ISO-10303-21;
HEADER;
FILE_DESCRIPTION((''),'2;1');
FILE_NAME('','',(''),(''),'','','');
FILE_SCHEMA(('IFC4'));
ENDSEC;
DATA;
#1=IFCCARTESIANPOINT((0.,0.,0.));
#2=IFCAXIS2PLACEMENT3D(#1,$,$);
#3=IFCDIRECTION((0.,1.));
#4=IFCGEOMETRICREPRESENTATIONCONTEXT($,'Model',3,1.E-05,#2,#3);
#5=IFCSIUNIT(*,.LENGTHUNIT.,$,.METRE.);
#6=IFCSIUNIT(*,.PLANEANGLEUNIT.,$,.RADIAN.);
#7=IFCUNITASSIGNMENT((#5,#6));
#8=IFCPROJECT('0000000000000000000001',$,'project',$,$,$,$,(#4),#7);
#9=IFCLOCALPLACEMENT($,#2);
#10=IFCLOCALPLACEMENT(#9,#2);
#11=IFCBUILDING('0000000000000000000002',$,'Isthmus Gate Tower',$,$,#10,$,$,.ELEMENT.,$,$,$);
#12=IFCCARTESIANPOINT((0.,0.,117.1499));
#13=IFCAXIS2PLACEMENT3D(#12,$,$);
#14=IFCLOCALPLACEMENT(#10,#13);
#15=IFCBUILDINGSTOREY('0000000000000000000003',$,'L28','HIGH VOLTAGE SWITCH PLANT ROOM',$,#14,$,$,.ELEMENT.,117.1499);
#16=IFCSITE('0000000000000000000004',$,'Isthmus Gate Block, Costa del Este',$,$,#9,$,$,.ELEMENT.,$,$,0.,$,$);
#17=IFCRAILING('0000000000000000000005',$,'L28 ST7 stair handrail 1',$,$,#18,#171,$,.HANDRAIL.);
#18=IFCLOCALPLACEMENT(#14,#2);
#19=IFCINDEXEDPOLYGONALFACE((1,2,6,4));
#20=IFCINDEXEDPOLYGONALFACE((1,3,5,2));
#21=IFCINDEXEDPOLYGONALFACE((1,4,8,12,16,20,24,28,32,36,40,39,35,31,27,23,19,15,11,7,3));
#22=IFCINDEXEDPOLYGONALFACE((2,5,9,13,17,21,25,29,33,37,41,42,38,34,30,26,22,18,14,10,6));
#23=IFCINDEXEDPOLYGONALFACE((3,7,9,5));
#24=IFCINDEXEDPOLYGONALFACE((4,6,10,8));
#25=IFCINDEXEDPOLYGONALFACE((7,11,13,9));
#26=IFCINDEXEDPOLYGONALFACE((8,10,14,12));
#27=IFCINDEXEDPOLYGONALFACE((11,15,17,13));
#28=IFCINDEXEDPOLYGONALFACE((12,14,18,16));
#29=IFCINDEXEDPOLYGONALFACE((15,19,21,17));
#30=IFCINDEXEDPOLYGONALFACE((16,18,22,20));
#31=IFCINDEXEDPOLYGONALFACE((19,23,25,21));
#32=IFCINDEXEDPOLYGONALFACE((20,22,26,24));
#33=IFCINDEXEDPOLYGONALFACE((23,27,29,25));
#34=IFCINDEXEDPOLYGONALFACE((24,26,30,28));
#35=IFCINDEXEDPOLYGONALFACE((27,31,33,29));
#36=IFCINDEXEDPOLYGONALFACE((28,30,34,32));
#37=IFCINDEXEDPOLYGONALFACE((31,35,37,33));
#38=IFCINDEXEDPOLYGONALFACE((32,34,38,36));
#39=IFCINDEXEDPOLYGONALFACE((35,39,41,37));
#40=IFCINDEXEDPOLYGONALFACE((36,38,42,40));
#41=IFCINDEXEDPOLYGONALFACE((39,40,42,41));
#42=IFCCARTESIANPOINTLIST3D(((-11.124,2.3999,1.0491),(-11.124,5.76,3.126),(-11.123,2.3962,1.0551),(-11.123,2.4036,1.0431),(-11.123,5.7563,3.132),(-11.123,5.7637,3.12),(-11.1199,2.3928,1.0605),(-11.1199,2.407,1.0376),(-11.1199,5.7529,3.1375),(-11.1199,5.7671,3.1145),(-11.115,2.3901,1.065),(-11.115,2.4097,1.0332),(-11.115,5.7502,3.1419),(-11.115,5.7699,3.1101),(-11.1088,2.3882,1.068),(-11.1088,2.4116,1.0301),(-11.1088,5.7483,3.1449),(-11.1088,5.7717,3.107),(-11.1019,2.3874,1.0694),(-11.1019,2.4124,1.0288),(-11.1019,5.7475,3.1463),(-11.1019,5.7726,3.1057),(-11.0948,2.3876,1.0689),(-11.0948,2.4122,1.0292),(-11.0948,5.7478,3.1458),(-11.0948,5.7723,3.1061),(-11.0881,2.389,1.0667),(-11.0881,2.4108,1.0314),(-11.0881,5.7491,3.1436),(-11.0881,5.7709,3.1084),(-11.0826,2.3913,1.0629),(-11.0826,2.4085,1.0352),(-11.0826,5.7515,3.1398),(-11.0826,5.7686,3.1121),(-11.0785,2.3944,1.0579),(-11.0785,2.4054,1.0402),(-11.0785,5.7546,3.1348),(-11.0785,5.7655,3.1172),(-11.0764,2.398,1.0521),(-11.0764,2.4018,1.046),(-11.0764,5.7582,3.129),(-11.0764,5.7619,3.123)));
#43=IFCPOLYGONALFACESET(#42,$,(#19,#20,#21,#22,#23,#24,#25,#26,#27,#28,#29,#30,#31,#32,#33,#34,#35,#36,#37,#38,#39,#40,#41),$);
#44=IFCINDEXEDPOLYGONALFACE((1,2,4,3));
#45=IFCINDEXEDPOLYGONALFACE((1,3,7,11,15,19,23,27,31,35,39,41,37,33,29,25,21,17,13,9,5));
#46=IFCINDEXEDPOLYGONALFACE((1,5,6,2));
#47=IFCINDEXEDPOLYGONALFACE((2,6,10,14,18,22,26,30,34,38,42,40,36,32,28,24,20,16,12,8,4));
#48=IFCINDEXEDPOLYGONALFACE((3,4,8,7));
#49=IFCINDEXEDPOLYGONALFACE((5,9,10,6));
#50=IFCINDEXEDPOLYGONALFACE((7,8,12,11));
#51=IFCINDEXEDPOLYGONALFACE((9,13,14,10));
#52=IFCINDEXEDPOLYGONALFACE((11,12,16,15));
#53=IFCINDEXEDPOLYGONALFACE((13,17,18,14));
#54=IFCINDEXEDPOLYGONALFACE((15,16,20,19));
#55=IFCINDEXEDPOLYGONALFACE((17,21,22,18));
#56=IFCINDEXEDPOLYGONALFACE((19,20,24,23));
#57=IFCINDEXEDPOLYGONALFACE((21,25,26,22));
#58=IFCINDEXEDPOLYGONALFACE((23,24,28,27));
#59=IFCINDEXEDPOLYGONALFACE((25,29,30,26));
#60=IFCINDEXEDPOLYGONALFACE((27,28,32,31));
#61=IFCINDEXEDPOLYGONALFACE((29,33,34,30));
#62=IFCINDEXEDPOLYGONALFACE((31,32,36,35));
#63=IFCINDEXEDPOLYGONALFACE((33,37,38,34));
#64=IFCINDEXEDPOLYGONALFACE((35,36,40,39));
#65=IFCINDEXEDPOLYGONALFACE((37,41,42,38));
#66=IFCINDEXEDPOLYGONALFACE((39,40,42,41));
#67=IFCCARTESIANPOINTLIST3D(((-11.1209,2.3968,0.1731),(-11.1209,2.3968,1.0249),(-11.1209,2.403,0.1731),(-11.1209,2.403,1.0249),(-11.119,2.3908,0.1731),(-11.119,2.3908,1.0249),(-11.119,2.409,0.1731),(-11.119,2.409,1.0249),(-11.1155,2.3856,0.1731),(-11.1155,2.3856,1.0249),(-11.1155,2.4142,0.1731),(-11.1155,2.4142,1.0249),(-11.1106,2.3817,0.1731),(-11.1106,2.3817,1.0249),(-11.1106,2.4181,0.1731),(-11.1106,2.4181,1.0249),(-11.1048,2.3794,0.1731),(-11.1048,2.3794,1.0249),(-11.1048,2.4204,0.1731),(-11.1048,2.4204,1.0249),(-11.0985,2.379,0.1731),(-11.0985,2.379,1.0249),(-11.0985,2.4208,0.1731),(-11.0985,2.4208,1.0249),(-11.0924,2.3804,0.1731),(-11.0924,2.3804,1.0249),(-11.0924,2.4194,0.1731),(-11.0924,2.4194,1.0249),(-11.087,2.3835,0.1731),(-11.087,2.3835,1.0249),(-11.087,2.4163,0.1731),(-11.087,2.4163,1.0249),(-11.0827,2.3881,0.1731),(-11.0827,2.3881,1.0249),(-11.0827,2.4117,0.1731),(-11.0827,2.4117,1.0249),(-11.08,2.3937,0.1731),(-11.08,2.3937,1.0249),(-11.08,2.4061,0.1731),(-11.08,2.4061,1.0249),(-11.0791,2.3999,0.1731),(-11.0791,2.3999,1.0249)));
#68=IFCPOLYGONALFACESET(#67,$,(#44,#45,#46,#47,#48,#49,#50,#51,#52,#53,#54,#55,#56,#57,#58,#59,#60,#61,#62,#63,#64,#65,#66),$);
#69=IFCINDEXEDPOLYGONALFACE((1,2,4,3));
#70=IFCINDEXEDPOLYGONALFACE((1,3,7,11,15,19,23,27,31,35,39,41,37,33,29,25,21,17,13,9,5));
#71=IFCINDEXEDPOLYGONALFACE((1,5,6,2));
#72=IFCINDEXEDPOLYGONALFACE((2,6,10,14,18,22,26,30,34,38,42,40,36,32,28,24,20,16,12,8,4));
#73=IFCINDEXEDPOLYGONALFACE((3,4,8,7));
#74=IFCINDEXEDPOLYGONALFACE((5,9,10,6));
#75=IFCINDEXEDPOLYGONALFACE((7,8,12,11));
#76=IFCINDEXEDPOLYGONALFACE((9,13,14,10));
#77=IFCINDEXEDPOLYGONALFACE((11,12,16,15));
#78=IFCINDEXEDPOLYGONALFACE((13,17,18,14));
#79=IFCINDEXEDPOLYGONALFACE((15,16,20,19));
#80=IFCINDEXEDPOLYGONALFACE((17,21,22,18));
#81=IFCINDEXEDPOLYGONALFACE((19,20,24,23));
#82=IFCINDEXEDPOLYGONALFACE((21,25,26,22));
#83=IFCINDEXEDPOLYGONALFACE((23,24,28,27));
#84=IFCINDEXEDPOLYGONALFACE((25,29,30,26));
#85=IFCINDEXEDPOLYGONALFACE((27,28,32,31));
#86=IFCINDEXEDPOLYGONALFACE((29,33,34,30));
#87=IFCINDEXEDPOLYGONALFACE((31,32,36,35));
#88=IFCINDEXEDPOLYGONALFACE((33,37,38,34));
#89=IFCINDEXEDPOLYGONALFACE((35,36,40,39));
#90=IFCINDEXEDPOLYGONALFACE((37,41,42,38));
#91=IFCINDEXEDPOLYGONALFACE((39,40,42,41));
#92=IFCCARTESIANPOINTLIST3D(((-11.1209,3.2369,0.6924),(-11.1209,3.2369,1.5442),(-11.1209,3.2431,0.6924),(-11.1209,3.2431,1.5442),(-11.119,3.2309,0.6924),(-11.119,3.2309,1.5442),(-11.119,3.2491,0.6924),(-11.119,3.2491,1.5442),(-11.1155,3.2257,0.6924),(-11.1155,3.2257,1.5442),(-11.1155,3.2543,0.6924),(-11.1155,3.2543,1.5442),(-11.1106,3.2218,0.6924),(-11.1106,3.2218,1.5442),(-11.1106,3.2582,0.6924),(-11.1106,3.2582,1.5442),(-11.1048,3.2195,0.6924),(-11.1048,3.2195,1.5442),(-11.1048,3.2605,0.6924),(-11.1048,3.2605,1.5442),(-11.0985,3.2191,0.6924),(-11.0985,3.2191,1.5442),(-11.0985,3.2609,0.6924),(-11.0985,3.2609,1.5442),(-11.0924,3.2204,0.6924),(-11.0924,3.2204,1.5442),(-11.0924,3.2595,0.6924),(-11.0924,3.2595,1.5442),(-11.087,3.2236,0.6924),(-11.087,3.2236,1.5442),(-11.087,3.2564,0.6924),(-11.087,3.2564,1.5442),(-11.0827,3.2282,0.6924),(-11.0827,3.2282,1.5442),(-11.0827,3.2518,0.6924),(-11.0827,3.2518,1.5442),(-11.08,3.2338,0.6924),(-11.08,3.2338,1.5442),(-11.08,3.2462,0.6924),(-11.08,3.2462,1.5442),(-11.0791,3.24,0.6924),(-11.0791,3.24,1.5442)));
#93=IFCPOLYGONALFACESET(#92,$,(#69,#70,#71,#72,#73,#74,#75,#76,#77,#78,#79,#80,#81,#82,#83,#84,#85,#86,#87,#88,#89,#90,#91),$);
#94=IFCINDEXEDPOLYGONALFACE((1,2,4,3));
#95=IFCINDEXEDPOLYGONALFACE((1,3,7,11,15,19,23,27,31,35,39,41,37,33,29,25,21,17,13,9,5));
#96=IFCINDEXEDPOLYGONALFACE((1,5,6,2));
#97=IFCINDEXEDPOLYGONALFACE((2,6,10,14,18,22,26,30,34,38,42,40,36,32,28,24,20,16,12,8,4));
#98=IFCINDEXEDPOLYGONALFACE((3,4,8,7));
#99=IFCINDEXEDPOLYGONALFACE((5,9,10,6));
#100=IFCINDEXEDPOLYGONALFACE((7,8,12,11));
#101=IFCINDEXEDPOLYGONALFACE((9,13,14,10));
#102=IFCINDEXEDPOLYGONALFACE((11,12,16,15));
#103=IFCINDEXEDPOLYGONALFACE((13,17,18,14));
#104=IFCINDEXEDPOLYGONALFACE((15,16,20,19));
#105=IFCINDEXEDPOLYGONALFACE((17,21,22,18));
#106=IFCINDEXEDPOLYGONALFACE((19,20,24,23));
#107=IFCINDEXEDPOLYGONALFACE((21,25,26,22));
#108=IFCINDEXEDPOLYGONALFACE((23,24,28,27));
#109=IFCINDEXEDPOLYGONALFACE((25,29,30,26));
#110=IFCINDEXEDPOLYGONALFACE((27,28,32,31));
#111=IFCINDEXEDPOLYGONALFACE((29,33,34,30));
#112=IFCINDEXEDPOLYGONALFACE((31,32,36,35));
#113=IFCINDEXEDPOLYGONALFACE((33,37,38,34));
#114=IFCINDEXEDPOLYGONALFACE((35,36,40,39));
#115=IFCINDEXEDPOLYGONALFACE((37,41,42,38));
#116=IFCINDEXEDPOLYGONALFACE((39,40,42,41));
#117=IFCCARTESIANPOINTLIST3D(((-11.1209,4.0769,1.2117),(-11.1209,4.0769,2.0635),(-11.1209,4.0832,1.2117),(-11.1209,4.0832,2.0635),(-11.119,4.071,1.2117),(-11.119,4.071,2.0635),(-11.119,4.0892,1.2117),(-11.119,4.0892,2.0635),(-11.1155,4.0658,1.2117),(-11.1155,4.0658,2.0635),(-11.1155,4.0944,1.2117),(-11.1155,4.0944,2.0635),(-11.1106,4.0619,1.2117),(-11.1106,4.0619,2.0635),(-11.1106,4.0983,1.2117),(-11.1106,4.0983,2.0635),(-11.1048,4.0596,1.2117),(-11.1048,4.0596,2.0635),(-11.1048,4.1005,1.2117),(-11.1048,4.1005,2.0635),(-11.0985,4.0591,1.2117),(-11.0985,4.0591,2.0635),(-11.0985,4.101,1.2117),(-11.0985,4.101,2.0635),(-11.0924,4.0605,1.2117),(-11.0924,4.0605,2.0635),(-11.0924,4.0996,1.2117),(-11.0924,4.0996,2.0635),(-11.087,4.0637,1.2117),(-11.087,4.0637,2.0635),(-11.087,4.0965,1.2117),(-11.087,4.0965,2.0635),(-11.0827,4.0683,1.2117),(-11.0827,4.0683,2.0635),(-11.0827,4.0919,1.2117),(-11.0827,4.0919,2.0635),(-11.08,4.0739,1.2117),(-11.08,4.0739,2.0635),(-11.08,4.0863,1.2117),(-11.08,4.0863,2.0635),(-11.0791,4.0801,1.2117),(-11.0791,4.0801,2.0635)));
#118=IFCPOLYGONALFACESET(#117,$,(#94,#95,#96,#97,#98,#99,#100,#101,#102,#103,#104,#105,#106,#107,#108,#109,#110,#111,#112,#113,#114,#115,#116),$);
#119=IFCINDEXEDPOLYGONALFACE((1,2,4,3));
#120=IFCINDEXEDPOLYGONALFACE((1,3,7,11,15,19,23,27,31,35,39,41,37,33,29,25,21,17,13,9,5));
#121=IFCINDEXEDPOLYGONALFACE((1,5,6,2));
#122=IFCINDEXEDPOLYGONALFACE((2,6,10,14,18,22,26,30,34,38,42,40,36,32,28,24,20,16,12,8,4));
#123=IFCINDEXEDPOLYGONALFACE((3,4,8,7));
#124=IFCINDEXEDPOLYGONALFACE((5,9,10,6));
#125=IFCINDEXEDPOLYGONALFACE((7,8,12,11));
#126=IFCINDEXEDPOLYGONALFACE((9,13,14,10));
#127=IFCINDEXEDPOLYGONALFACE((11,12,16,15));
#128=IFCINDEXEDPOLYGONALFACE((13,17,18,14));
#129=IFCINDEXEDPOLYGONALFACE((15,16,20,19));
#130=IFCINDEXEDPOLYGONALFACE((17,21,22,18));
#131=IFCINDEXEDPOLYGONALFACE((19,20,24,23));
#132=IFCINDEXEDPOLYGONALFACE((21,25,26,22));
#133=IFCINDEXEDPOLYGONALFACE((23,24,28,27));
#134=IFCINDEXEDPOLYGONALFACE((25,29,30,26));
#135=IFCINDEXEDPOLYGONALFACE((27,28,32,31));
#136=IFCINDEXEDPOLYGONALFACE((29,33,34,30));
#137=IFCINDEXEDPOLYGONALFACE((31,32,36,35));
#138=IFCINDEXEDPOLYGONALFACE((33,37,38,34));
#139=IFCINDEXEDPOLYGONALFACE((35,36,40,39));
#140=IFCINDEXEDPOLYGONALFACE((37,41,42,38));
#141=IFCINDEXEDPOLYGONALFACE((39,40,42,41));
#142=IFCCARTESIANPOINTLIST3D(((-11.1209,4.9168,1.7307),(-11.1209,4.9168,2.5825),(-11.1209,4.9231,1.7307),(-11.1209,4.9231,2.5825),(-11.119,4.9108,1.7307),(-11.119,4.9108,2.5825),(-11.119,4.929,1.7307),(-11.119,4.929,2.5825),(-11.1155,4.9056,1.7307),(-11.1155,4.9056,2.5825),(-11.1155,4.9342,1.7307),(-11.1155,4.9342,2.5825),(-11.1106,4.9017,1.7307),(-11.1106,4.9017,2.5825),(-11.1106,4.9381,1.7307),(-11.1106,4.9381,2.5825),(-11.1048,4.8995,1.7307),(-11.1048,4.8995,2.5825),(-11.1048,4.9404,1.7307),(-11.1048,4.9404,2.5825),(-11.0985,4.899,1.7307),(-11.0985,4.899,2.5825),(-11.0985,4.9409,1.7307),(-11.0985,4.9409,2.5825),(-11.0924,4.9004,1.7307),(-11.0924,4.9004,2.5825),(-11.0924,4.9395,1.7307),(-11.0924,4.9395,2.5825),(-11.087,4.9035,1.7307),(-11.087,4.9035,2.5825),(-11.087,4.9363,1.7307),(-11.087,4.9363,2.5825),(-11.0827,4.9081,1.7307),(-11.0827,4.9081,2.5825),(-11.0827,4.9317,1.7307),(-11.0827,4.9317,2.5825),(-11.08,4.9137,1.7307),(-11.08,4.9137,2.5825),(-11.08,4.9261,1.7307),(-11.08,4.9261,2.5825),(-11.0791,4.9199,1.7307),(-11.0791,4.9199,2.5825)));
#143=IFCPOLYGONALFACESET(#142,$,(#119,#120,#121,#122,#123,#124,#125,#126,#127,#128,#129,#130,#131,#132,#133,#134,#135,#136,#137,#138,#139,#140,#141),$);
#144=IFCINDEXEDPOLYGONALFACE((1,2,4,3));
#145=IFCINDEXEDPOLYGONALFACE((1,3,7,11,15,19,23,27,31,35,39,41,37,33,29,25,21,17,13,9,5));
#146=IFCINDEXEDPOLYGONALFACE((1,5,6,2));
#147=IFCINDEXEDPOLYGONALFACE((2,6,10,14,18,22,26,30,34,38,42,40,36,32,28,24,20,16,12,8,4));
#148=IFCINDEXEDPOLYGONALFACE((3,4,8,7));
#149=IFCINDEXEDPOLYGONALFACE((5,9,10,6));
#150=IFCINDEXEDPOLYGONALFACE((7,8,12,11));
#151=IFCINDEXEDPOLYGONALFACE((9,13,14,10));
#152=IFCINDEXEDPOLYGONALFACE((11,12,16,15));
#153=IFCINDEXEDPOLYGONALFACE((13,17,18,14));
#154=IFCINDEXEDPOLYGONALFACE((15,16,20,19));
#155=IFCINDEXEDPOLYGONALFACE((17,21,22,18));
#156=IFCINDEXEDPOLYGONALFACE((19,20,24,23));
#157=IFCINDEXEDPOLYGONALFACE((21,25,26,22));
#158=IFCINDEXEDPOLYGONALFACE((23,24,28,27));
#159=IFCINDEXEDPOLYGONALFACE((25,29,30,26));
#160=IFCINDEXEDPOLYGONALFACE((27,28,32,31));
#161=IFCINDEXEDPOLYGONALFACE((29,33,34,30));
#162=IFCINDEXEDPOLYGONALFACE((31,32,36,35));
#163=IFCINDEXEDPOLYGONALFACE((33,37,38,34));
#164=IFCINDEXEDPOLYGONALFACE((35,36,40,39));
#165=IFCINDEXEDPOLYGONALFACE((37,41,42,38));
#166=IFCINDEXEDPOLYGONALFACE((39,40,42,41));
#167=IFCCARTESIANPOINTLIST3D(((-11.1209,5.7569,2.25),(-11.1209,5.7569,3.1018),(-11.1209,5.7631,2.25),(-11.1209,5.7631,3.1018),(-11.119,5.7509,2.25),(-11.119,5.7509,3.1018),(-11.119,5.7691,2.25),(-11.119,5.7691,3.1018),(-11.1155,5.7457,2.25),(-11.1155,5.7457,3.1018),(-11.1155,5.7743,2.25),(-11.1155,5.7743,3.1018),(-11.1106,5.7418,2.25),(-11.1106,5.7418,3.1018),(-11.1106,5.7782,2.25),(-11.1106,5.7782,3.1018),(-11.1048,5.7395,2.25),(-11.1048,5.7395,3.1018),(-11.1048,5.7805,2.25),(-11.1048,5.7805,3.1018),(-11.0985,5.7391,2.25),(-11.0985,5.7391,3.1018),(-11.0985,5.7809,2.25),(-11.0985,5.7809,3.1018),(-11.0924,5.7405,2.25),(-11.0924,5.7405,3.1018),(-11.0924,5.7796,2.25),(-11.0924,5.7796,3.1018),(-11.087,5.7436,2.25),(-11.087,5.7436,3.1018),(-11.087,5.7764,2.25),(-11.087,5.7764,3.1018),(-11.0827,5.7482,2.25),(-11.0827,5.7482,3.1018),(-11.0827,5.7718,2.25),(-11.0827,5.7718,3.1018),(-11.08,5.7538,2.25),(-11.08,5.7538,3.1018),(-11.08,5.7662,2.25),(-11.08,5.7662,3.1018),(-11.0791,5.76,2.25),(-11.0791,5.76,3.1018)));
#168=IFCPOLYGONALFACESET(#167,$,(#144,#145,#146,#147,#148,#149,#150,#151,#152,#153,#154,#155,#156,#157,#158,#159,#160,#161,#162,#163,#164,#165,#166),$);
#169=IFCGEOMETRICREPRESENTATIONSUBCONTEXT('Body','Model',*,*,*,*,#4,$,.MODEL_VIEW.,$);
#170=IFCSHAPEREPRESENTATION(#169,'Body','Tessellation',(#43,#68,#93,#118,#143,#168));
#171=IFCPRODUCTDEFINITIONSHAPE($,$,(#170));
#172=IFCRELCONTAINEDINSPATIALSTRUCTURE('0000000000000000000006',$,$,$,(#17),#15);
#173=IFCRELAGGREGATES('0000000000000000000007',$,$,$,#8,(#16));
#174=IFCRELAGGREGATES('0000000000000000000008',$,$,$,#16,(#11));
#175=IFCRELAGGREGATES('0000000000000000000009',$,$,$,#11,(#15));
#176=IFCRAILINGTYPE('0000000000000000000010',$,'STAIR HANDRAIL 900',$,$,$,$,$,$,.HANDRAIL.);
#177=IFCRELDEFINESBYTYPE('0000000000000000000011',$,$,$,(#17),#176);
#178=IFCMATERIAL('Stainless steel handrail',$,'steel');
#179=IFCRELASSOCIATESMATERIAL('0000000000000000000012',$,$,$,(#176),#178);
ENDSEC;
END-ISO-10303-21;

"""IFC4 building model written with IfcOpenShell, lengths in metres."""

from ifc_helpers import new_model, si_unit, direction, frame, origin, origin_2d, place, context, subcontext, project, spatial, circle, extrude, material, type_object, element, save


model = new_model("IFC4")

# Units and contexts
model_context = context("Model", 3, precision=1e-05, world=origin(), true_north=direction((0.0, 1.0)))
body_context = subcontext(model_context, "Body", "Model", "MODEL_VIEW")
ifc_project = project(units=[si_unit("LENGTHUNIT", "METRE"), si_unit("PLANEANGLEUNIT", "RADIAN")], contexts=[model_context])

# Site, building, storey
site_placement = place(None, origin())
site = spatial("IfcSite", under=ifc_project, at=site_placement, Name="Isthmus Gate Block, Costa del Este", CompositionType="ELEMENT", RefElevation=0.0)
building_placement = place(site_placement, origin())
building = spatial("IfcBuilding", under=site, at=building_placement, Name="Isthmus Gate Tower", CompositionType="ELEMENT")
storey_placement = place(building_placement, frame((0.0, 0.0, 117.1499)))
storey = spatial("IfcBuildingStorey", under=building, at=storey_placement, Name="L28", Description="HIGH VOLTAGE SWITCH PLANT ROOM", CompositionType="ELEMENT", Elevation=117.1499)

# Railing
ifc_material_1 = material(Name="Stainless steel handrail", Category="steel")
railing_type_1 = type_object("IfcRailingType", Name="STAIR HANDRAIL 900", PredefinedType="HANDRAIL", material=ifc_material_1)
railing_1_placement = place(storey_placement, frame((-11.1001, 2.3999, 0.1731)))
element("IfcRailing", 1, at=railing_1_placement, inside=storey, type_object=railing_type_1, Name="L28 ST7 stair handrail 1", PredefinedType="HANDRAIL", context=body_context, shape_type="SweptSolid", body=[
    extrude(circle(Radius=0.0239, at=origin_2d()), frame((0.0, 0.0, 0.876), z_axis=(0.0, 0.850623, 0.525776), x_axis=(-1.0, 0.0, 0.0)), (0.0, 0.0, 1.0), 3.9502),
    extrude(circle(Radius=0.021, at=origin_2d()), origin(), (0.0, 0.0, 1.0), 0.8518),
    extrude(circle(Radius=0.021, at=origin_2d()), frame((0.0, 0.8401, 0.5193)), (0.0, 0.0, 1.0), 0.8518),
    extrude(circle(Radius=0.021, at=origin_2d()), frame((0.0, 1.6802, 1.0386)), (0.0, 0.0, 1.0), 0.8518),
    extrude(circle(Radius=0.021, at=origin_2d()), frame((0.0, 2.52, 1.5576)), (0.0, 0.0, 1.0), 0.8518),
    extrude(circle(Radius=0.021, at=origin_2d()), frame((0.0, 3.3601, 2.0769)), (0.0, 0.0, 1.0), 0.8518),
])

save(model, "model.ifc")
